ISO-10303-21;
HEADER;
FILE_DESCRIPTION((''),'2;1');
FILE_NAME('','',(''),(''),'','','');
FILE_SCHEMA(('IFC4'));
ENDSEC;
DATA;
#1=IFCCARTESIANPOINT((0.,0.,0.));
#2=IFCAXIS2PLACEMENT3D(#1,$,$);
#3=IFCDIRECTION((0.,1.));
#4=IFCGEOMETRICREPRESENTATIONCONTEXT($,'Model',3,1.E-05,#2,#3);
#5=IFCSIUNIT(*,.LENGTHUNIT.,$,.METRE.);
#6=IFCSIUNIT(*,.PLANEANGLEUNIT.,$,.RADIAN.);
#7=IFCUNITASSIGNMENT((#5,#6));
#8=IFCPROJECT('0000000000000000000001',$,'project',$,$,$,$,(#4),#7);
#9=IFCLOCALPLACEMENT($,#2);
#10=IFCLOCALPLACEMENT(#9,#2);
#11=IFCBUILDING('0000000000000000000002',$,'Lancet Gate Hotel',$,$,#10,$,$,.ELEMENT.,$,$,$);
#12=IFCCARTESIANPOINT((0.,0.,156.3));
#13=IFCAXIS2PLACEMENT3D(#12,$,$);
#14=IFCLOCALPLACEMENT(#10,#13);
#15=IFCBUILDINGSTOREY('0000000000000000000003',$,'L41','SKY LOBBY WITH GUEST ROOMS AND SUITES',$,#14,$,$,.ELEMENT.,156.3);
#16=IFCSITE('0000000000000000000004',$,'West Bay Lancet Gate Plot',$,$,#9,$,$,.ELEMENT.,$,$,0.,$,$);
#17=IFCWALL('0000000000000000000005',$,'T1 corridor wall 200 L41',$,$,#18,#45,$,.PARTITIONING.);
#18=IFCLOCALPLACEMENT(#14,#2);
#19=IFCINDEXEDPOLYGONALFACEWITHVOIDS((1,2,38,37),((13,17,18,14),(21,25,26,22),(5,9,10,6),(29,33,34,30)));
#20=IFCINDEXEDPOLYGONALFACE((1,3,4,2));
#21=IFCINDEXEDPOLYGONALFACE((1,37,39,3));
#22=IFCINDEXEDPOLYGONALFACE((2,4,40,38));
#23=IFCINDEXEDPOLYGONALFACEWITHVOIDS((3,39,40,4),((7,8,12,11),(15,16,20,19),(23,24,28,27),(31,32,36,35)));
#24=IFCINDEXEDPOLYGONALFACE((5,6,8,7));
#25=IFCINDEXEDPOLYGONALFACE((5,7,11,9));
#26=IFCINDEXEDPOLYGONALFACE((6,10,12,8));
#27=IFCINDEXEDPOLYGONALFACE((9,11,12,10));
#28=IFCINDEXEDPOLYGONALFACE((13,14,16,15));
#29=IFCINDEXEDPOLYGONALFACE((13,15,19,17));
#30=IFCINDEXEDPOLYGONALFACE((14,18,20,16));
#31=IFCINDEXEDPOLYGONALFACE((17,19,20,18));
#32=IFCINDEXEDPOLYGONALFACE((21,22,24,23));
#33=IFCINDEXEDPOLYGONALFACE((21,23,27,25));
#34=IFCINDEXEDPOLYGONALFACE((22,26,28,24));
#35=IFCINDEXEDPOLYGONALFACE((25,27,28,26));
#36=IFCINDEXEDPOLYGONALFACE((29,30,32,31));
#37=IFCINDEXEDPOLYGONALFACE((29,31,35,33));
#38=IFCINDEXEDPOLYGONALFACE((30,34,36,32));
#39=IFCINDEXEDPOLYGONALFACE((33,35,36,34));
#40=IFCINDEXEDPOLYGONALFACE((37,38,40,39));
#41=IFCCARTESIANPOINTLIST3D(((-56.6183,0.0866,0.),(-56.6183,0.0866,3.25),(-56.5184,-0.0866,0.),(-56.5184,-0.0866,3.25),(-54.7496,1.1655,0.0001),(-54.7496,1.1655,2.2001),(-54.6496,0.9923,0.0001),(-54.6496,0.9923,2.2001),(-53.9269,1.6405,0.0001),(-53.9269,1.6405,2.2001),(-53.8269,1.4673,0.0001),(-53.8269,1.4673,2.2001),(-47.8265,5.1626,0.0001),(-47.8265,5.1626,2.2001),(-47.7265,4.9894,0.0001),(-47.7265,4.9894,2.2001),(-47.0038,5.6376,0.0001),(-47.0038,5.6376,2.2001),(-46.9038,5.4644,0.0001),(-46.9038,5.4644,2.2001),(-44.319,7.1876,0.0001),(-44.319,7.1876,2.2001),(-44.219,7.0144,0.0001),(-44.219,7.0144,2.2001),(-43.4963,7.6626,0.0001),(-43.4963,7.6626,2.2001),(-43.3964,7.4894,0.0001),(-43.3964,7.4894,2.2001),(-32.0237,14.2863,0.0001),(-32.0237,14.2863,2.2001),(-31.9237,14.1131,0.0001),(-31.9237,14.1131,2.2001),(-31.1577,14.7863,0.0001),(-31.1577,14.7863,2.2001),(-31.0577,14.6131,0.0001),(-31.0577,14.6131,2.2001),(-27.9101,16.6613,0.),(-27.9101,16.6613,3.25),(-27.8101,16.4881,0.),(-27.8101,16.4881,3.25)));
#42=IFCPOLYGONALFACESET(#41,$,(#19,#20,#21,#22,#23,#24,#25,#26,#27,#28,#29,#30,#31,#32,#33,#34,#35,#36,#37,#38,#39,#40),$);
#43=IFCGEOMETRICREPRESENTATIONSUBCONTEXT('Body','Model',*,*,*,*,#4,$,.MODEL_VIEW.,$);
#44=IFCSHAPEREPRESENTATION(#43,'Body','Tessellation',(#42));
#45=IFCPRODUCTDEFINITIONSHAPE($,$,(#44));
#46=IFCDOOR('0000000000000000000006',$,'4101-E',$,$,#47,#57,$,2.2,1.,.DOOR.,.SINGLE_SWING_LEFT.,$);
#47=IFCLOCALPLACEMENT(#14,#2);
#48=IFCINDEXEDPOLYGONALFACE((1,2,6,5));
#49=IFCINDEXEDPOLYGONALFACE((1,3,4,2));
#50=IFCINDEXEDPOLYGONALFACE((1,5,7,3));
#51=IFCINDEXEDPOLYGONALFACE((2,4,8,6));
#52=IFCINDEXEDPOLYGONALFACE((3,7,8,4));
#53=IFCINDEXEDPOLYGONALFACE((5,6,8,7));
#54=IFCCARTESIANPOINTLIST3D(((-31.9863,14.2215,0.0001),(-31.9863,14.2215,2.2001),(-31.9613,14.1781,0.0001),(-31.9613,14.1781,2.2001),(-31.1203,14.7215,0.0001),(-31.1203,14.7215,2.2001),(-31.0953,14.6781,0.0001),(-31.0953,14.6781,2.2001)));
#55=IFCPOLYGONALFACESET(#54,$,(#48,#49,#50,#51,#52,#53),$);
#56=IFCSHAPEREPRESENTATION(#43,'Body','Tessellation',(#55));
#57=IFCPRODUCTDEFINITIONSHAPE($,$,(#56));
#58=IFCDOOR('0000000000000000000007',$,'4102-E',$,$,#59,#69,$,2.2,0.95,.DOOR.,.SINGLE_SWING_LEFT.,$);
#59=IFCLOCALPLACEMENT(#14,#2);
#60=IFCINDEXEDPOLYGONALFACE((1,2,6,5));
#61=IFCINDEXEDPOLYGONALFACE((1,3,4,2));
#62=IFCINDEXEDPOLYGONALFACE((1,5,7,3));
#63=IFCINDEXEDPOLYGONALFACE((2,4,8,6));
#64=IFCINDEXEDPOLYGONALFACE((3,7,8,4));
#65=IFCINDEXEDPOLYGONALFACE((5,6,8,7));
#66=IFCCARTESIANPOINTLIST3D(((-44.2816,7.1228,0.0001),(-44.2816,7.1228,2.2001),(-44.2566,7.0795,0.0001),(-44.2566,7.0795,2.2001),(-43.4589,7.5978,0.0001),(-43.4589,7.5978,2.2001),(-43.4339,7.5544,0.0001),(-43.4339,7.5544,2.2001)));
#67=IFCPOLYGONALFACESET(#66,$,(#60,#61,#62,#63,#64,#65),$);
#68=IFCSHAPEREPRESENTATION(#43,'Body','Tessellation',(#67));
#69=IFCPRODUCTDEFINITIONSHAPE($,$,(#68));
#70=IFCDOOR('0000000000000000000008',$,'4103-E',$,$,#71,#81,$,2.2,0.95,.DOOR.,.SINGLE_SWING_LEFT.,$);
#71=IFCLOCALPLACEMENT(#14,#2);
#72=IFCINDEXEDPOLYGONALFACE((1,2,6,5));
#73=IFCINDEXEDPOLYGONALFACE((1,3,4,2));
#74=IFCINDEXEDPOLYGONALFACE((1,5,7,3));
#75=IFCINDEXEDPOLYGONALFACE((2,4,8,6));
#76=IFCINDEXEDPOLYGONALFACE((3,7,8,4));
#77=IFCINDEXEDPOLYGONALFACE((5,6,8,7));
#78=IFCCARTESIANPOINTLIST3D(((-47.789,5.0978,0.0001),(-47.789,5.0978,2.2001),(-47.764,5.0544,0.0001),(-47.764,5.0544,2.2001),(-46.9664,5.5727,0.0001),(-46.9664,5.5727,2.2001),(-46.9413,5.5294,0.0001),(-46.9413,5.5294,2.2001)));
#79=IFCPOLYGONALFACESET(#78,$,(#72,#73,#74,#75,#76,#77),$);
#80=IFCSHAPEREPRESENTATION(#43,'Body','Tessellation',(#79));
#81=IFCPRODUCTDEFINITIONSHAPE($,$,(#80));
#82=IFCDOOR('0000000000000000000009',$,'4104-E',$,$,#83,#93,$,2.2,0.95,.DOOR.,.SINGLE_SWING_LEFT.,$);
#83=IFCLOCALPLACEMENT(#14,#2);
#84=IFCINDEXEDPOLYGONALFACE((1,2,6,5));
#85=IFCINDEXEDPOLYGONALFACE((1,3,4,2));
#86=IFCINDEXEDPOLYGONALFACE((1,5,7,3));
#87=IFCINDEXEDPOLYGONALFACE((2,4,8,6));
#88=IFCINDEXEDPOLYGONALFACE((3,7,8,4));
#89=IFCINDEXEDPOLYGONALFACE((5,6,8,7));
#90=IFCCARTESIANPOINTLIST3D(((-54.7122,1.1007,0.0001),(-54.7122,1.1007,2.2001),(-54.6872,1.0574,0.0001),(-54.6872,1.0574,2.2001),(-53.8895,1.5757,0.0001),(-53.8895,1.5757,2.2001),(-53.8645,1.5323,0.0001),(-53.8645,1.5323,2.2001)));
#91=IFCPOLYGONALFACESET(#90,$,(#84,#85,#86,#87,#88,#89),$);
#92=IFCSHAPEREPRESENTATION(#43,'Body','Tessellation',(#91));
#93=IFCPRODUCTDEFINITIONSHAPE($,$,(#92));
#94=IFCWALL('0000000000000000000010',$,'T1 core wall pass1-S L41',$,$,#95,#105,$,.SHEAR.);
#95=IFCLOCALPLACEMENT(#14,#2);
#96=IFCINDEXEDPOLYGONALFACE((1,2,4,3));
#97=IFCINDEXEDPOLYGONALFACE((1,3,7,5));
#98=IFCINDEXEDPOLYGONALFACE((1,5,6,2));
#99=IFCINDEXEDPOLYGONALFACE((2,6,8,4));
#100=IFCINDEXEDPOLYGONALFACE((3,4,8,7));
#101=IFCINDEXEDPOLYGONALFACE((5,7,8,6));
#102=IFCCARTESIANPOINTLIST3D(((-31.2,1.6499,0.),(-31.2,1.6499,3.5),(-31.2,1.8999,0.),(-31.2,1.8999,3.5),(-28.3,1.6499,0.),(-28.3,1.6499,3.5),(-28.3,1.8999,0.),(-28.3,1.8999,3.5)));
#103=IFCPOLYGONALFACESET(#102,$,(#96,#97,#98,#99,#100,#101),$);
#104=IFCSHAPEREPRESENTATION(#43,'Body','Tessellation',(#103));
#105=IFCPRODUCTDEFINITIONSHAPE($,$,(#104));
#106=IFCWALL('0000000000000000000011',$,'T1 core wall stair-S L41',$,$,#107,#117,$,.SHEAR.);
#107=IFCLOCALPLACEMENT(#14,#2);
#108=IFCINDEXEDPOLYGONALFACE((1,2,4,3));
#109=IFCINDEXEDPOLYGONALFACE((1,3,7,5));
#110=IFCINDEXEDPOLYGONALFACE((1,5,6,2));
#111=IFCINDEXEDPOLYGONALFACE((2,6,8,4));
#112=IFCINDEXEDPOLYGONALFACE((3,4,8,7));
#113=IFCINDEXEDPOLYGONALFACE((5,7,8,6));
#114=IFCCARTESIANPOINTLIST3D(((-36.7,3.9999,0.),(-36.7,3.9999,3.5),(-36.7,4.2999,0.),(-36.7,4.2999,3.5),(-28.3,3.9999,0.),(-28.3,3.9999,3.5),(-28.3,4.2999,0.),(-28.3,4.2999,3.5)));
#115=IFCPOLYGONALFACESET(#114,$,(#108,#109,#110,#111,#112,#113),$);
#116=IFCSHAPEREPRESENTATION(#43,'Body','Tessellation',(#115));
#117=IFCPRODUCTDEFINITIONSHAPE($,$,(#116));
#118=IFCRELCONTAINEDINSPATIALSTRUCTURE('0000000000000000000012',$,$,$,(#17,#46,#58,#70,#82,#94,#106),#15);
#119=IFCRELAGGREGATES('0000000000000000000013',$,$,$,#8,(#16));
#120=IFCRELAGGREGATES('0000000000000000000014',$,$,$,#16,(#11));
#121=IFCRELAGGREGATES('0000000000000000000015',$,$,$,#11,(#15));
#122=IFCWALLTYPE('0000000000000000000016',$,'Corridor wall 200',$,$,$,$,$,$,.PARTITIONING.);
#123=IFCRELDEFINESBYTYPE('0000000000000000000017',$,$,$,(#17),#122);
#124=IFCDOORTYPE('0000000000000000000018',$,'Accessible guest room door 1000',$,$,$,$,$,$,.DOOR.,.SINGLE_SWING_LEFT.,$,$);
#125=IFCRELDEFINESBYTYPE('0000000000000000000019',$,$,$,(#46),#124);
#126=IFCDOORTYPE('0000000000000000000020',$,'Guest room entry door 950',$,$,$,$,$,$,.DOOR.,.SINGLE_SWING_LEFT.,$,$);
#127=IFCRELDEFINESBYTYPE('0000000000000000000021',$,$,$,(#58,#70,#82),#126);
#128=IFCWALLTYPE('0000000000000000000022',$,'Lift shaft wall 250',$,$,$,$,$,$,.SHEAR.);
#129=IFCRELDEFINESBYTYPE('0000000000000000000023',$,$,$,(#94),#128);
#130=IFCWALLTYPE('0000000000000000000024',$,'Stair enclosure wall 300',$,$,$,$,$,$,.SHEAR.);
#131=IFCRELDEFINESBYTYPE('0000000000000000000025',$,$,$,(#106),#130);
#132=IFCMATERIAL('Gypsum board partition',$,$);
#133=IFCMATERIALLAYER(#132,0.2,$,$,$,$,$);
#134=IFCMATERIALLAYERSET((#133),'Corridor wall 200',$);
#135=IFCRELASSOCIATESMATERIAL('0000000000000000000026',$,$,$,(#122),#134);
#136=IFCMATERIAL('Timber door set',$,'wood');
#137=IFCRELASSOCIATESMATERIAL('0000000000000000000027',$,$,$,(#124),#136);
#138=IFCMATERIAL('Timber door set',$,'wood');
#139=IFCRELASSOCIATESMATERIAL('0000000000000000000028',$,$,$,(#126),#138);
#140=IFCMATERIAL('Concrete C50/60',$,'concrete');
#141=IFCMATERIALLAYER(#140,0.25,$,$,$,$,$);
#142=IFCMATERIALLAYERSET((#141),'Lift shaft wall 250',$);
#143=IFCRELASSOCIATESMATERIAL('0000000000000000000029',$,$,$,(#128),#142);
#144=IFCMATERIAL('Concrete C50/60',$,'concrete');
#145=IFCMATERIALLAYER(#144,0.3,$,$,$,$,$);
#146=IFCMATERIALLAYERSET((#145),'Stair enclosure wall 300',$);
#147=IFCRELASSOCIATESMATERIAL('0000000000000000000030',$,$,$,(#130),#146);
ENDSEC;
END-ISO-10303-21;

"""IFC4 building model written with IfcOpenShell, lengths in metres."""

from ifc_helpers import new_model, si_unit, direction, frame, frame_2d, origin, place, context, subcontext, project, spatial, rectangle, extrude, material, layer, layer_set, type_object, element, fill, save


model = new_model("IFC4")

# Units and contexts
model_context = context("Model", 3, precision=1e-05, world=origin(), true_north=direction((0.0, 1.0)))
body_context = subcontext(model_context, "Body", "Model", "MODEL_VIEW")
ifc_project = project(units=[si_unit("LENGTHUNIT", "METRE"), si_unit("PLANEANGLEUNIT", "RADIAN")], contexts=[model_context])

# Site, building, storey
site_placement = place(None, origin())
site = spatial("IfcSite", under=ifc_project, at=site_placement, Name="West Bay Lancet Gate Plot", CompositionType="ELEMENT", RefElevation=0.0)
building_placement = place(site_placement, origin())
building = spatial("IfcBuilding", under=site, at=building_placement, Name="Lancet Gate Hotel", CompositionType="ELEMENT")
storey_placement = place(building_placement, frame((0.0, 0.0, 156.3)))
storey = spatial("IfcBuildingStorey", under=building, at=storey_placement, Name="L41", Description="SKY LOBBY WITH GUEST ROOMS AND SUITES", CompositionType="ELEMENT", Elevation=156.3)

# Wall, openings, doors
ifc_material_1 = material(Name="Gypsum board partition")
ifc_layer_1 = layer(ifc_material_1, 0.2)
ifc_layer_set_1 = layer_set([ifc_layer_1], Name="Corridor wall 200")
wall_type_1 = type_object("IfcWallType", Name="Corridor wall 200", PredefinedType="PARTITIONING", material=ifc_layer_set_1)
wall_1_placement = place(storey_placement, frame((-27.8601, 16.5747, 0.0), z_axis=(0.0, 0.0, 1.0), x_axis=(-0.866026, -0.5, 0.0)))
wall_1 = element("IfcWall", 1, at=wall_1_placement, inside=storey, type_object=wall_type_1, Name="T1 corridor wall 200 L41", PredefinedType="PARTITIONING", context=body_context, shape_type="SweptSolid", body=[
    extrude(rectangle(XDim=33.1494, YDim=0.2, at=frame_2d((16.5747, 0.0))), origin(), (0.0, 0.0, 1.0), 3.25),
])
opening_1_placement = place(wall_1_placement, frame((3.75, 0.0, 0.0)))
opening_1 = element("IfcOpeningElement", 2, at=opening_1_placement, cuts=wall_1, PredefinedType="OPENING", context=body_context, shape_type="SweptSolid", body=[
    extrude(rectangle(XDim=1.0, YDim=2.2, at=frame_2d((0.5, 1.1001))), frame((0.0, 0.1099, 0.0), z_axis=(0.0, -1.0, 0.0), x_axis=(1.0, 0.0, 0.0)), (0.0, 0.0, 1.0), 0.22),
])
opening_2_placement = place(wall_1_placement, frame((17.9973, 0.0, 0.0)))
opening_2 = element("IfcOpeningElement", 3, at=opening_2_placement, cuts=wall_1, PredefinedType="OPENING", context=body_context, shape_type="SweptSolid", body=[
    extrude(rectangle(XDim=0.95, YDim=2.2, at=frame_2d((0.4751, 1.1001))), frame((0.0, 0.1099, 0.0), z_axis=(0.0, -1.0, 0.0), x_axis=(1.0, 0.0, 0.0)), (0.0, 0.0, 1.0), 0.22),
])
opening_3_placement = place(wall_1_placement, frame((22.0474, 0.0, 0.0)))
opening_3 = element("IfcOpeningElement", 4, at=opening_3_placement, cuts=wall_1, PredefinedType="OPENING", context=body_context, shape_type="SweptSolid", body=[
    extrude(rectangle(XDim=0.95, YDim=2.2, at=frame_2d((0.4751, 1.1001))), frame((0.0, 0.1099, 0.0), z_axis=(0.0, -1.0, 0.0), x_axis=(1.0, 0.0, 0.0)), (0.0, 0.0, 1.0), 0.22),
])
opening_4_placement = place(wall_1_placement, frame((30.0415, 0.0, 0.0)))
opening_4 = element("IfcOpeningElement", 5, at=opening_4_placement, cuts=wall_1, PredefinedType="OPENING", context=body_context, shape_type="SweptSolid", body=[
    extrude(rectangle(XDim=0.95, YDim=2.2, at=frame_2d((0.4751, 1.1001))), frame((0.0, 0.1099, 0.0), z_axis=(0.0, -1.0, 0.0), x_axis=(1.0, 0.0, 0.0)), (0.0, 0.0, 1.0), 0.22),
])
ifc_material_2 = material(Name="Timber door set", Category="wood")
door_type_1 = type_object("IfcDoorType", Name="Accessible guest room door 1000", OperationType="SINGLE_SWING_LEFT", PredefinedType="DOOR", material=ifc_material_2)
door_1_placement = place(opening_1_placement, origin())
door_1 = element("IfcDoor", 6, at=door_1_placement, inside=storey, type_object=door_type_1, Name="4101-E", OperationType="SINGLE_SWING_LEFT", OverallHeight=2.2, OverallWidth=1.0, PredefinedType="DOOR", context=body_context, shape_type="SweptSolid", body=[
    extrude(rectangle(XDim=1.0, YDim=2.2, at=frame_2d((0.5, 1.1001))), frame((0.0, 0.0249, 0.0), z_axis=(0.0, -1.0, 0.0), x_axis=(1.0, 0.0, 0.0)), (0.0, 0.0, 1.0), 0.05),
])
fill(opening_1, door_1)
ifc_material_3 = material(Name="Timber door set", Category="wood")
door_type_2 = type_object("IfcDoorType", Name="Guest room entry door 950", OperationType="SINGLE_SWING_LEFT", PredefinedType="DOOR", material=ifc_material_3)
door_2_placement = place(opening_2_placement, origin())
door_2 = element("IfcDoor", 7, at=door_2_placement, inside=storey, type_object=door_type_2, Name="4102-E", OperationType="SINGLE_SWING_LEFT", OverallHeight=2.2, OverallWidth=0.95, PredefinedType="DOOR", context=body_context, shape_type="SweptSolid", body=[
    extrude(rectangle(XDim=0.95, YDim=2.2, at=frame_2d((0.4751, 1.1001))), frame((0.0, 0.0249, 0.0), z_axis=(0.0, -1.0, 0.0), x_axis=(1.0, 0.0, 0.0)), (0.0, 0.0, 1.0), 0.05),
])
fill(opening_2, door_2)
door_3_placement = place(opening_3_placement, origin())
door_3 = element("IfcDoor", 8, at=door_3_placement, inside=storey, type_object=door_type_2, Name="4103-E", OperationType="SINGLE_SWING_LEFT", OverallHeight=2.2, OverallWidth=0.95, PredefinedType="DOOR", context=body_context, shape_type="SweptSolid", body=[
    extrude(rectangle(XDim=0.95, YDim=2.2, at=frame_2d((0.4751, 1.1001))), frame((0.0, 0.0249, 0.0), z_axis=(0.0, -1.0, 0.0), x_axis=(1.0, 0.0, 0.0)), (0.0, 0.0, 1.0), 0.05),
])
fill(opening_3, door_3)
door_4_placement = place(opening_4_placement, origin())
door_4 = element("IfcDoor", 9, at=door_4_placement, inside=storey, type_object=door_type_2, Name="4104-E", OperationType="SINGLE_SWING_LEFT", OverallHeight=2.2, OverallWidth=0.95, PredefinedType="DOOR", context=body_context, shape_type="SweptSolid", body=[
    extrude(rectangle(XDim=0.95, YDim=2.2, at=frame_2d((0.4751, 1.1001))), frame((0.0, 0.0249, 0.0), z_axis=(0.0, -1.0, 0.0), x_axis=(1.0, 0.0, 0.0)), (0.0, 0.0, 1.0), 0.05),
])
fill(opening_4, door_4)

# Walls
ifc_material_4 = material(Name="Concrete C50/60", Category="concrete")
ifc_layer_2 = layer(ifc_material_4, 0.25)
ifc_layer_set_2 = layer_set([ifc_layer_2], Name="Lift shaft wall 250")
wall_type_2 = type_object("IfcWallType", Name="Lift shaft wall 250", PredefinedType="SHEAR", material=ifc_layer_set_2)
wall_2_placement = place(storey_placement, frame((-28.3, 1.7749, 0.0), z_axis=(0.0, 0.0, 1.0), x_axis=(-1.0, 0.0, 0.0)))
element("IfcWall", 10, at=wall_2_placement, inside=storey, type_object=wall_type_2, Name="T1 core wall pass1-S L41", PredefinedType="SHEAR", context=body_context, shape_type="SweptSolid", body=[
    extrude(rectangle(XDim=2.8999, YDim=0.25, at=frame_2d((1.45, 0.0))), origin(), (0.0, 0.0, 1.0), 3.5),
])
ifc_material_5 = material(Name="Concrete C50/60", Category="concrete")
ifc_layer_3 = layer(ifc_material_5, 0.3)
ifc_layer_set_3 = layer_set([ifc_layer_3], Name="Stair enclosure wall 300")
wall_type_3 = type_object("IfcWallType", Name="Stair enclosure wall 300", PredefinedType="SHEAR", material=ifc_layer_set_3)
wall_3_placement = place(storey_placement, frame((-28.3, 4.1499, 0.0), z_axis=(0.0, 0.0, 1.0), x_axis=(-1.0, 0.0, 0.0)))
element("IfcWall", 11, at=wall_3_placement, inside=storey, type_object=wall_type_3, Name="T1 core wall stair-S L41", PredefinedType="SHEAR", context=body_context, shape_type="SweptSolid", body=[
    extrude(rectangle(XDim=8.3999, YDim=0.3, at=frame_2d((4.2, 0.0))), origin(), (0.0, 0.0, 1.0), 3.5),
])

save(model, "model.ifc")
